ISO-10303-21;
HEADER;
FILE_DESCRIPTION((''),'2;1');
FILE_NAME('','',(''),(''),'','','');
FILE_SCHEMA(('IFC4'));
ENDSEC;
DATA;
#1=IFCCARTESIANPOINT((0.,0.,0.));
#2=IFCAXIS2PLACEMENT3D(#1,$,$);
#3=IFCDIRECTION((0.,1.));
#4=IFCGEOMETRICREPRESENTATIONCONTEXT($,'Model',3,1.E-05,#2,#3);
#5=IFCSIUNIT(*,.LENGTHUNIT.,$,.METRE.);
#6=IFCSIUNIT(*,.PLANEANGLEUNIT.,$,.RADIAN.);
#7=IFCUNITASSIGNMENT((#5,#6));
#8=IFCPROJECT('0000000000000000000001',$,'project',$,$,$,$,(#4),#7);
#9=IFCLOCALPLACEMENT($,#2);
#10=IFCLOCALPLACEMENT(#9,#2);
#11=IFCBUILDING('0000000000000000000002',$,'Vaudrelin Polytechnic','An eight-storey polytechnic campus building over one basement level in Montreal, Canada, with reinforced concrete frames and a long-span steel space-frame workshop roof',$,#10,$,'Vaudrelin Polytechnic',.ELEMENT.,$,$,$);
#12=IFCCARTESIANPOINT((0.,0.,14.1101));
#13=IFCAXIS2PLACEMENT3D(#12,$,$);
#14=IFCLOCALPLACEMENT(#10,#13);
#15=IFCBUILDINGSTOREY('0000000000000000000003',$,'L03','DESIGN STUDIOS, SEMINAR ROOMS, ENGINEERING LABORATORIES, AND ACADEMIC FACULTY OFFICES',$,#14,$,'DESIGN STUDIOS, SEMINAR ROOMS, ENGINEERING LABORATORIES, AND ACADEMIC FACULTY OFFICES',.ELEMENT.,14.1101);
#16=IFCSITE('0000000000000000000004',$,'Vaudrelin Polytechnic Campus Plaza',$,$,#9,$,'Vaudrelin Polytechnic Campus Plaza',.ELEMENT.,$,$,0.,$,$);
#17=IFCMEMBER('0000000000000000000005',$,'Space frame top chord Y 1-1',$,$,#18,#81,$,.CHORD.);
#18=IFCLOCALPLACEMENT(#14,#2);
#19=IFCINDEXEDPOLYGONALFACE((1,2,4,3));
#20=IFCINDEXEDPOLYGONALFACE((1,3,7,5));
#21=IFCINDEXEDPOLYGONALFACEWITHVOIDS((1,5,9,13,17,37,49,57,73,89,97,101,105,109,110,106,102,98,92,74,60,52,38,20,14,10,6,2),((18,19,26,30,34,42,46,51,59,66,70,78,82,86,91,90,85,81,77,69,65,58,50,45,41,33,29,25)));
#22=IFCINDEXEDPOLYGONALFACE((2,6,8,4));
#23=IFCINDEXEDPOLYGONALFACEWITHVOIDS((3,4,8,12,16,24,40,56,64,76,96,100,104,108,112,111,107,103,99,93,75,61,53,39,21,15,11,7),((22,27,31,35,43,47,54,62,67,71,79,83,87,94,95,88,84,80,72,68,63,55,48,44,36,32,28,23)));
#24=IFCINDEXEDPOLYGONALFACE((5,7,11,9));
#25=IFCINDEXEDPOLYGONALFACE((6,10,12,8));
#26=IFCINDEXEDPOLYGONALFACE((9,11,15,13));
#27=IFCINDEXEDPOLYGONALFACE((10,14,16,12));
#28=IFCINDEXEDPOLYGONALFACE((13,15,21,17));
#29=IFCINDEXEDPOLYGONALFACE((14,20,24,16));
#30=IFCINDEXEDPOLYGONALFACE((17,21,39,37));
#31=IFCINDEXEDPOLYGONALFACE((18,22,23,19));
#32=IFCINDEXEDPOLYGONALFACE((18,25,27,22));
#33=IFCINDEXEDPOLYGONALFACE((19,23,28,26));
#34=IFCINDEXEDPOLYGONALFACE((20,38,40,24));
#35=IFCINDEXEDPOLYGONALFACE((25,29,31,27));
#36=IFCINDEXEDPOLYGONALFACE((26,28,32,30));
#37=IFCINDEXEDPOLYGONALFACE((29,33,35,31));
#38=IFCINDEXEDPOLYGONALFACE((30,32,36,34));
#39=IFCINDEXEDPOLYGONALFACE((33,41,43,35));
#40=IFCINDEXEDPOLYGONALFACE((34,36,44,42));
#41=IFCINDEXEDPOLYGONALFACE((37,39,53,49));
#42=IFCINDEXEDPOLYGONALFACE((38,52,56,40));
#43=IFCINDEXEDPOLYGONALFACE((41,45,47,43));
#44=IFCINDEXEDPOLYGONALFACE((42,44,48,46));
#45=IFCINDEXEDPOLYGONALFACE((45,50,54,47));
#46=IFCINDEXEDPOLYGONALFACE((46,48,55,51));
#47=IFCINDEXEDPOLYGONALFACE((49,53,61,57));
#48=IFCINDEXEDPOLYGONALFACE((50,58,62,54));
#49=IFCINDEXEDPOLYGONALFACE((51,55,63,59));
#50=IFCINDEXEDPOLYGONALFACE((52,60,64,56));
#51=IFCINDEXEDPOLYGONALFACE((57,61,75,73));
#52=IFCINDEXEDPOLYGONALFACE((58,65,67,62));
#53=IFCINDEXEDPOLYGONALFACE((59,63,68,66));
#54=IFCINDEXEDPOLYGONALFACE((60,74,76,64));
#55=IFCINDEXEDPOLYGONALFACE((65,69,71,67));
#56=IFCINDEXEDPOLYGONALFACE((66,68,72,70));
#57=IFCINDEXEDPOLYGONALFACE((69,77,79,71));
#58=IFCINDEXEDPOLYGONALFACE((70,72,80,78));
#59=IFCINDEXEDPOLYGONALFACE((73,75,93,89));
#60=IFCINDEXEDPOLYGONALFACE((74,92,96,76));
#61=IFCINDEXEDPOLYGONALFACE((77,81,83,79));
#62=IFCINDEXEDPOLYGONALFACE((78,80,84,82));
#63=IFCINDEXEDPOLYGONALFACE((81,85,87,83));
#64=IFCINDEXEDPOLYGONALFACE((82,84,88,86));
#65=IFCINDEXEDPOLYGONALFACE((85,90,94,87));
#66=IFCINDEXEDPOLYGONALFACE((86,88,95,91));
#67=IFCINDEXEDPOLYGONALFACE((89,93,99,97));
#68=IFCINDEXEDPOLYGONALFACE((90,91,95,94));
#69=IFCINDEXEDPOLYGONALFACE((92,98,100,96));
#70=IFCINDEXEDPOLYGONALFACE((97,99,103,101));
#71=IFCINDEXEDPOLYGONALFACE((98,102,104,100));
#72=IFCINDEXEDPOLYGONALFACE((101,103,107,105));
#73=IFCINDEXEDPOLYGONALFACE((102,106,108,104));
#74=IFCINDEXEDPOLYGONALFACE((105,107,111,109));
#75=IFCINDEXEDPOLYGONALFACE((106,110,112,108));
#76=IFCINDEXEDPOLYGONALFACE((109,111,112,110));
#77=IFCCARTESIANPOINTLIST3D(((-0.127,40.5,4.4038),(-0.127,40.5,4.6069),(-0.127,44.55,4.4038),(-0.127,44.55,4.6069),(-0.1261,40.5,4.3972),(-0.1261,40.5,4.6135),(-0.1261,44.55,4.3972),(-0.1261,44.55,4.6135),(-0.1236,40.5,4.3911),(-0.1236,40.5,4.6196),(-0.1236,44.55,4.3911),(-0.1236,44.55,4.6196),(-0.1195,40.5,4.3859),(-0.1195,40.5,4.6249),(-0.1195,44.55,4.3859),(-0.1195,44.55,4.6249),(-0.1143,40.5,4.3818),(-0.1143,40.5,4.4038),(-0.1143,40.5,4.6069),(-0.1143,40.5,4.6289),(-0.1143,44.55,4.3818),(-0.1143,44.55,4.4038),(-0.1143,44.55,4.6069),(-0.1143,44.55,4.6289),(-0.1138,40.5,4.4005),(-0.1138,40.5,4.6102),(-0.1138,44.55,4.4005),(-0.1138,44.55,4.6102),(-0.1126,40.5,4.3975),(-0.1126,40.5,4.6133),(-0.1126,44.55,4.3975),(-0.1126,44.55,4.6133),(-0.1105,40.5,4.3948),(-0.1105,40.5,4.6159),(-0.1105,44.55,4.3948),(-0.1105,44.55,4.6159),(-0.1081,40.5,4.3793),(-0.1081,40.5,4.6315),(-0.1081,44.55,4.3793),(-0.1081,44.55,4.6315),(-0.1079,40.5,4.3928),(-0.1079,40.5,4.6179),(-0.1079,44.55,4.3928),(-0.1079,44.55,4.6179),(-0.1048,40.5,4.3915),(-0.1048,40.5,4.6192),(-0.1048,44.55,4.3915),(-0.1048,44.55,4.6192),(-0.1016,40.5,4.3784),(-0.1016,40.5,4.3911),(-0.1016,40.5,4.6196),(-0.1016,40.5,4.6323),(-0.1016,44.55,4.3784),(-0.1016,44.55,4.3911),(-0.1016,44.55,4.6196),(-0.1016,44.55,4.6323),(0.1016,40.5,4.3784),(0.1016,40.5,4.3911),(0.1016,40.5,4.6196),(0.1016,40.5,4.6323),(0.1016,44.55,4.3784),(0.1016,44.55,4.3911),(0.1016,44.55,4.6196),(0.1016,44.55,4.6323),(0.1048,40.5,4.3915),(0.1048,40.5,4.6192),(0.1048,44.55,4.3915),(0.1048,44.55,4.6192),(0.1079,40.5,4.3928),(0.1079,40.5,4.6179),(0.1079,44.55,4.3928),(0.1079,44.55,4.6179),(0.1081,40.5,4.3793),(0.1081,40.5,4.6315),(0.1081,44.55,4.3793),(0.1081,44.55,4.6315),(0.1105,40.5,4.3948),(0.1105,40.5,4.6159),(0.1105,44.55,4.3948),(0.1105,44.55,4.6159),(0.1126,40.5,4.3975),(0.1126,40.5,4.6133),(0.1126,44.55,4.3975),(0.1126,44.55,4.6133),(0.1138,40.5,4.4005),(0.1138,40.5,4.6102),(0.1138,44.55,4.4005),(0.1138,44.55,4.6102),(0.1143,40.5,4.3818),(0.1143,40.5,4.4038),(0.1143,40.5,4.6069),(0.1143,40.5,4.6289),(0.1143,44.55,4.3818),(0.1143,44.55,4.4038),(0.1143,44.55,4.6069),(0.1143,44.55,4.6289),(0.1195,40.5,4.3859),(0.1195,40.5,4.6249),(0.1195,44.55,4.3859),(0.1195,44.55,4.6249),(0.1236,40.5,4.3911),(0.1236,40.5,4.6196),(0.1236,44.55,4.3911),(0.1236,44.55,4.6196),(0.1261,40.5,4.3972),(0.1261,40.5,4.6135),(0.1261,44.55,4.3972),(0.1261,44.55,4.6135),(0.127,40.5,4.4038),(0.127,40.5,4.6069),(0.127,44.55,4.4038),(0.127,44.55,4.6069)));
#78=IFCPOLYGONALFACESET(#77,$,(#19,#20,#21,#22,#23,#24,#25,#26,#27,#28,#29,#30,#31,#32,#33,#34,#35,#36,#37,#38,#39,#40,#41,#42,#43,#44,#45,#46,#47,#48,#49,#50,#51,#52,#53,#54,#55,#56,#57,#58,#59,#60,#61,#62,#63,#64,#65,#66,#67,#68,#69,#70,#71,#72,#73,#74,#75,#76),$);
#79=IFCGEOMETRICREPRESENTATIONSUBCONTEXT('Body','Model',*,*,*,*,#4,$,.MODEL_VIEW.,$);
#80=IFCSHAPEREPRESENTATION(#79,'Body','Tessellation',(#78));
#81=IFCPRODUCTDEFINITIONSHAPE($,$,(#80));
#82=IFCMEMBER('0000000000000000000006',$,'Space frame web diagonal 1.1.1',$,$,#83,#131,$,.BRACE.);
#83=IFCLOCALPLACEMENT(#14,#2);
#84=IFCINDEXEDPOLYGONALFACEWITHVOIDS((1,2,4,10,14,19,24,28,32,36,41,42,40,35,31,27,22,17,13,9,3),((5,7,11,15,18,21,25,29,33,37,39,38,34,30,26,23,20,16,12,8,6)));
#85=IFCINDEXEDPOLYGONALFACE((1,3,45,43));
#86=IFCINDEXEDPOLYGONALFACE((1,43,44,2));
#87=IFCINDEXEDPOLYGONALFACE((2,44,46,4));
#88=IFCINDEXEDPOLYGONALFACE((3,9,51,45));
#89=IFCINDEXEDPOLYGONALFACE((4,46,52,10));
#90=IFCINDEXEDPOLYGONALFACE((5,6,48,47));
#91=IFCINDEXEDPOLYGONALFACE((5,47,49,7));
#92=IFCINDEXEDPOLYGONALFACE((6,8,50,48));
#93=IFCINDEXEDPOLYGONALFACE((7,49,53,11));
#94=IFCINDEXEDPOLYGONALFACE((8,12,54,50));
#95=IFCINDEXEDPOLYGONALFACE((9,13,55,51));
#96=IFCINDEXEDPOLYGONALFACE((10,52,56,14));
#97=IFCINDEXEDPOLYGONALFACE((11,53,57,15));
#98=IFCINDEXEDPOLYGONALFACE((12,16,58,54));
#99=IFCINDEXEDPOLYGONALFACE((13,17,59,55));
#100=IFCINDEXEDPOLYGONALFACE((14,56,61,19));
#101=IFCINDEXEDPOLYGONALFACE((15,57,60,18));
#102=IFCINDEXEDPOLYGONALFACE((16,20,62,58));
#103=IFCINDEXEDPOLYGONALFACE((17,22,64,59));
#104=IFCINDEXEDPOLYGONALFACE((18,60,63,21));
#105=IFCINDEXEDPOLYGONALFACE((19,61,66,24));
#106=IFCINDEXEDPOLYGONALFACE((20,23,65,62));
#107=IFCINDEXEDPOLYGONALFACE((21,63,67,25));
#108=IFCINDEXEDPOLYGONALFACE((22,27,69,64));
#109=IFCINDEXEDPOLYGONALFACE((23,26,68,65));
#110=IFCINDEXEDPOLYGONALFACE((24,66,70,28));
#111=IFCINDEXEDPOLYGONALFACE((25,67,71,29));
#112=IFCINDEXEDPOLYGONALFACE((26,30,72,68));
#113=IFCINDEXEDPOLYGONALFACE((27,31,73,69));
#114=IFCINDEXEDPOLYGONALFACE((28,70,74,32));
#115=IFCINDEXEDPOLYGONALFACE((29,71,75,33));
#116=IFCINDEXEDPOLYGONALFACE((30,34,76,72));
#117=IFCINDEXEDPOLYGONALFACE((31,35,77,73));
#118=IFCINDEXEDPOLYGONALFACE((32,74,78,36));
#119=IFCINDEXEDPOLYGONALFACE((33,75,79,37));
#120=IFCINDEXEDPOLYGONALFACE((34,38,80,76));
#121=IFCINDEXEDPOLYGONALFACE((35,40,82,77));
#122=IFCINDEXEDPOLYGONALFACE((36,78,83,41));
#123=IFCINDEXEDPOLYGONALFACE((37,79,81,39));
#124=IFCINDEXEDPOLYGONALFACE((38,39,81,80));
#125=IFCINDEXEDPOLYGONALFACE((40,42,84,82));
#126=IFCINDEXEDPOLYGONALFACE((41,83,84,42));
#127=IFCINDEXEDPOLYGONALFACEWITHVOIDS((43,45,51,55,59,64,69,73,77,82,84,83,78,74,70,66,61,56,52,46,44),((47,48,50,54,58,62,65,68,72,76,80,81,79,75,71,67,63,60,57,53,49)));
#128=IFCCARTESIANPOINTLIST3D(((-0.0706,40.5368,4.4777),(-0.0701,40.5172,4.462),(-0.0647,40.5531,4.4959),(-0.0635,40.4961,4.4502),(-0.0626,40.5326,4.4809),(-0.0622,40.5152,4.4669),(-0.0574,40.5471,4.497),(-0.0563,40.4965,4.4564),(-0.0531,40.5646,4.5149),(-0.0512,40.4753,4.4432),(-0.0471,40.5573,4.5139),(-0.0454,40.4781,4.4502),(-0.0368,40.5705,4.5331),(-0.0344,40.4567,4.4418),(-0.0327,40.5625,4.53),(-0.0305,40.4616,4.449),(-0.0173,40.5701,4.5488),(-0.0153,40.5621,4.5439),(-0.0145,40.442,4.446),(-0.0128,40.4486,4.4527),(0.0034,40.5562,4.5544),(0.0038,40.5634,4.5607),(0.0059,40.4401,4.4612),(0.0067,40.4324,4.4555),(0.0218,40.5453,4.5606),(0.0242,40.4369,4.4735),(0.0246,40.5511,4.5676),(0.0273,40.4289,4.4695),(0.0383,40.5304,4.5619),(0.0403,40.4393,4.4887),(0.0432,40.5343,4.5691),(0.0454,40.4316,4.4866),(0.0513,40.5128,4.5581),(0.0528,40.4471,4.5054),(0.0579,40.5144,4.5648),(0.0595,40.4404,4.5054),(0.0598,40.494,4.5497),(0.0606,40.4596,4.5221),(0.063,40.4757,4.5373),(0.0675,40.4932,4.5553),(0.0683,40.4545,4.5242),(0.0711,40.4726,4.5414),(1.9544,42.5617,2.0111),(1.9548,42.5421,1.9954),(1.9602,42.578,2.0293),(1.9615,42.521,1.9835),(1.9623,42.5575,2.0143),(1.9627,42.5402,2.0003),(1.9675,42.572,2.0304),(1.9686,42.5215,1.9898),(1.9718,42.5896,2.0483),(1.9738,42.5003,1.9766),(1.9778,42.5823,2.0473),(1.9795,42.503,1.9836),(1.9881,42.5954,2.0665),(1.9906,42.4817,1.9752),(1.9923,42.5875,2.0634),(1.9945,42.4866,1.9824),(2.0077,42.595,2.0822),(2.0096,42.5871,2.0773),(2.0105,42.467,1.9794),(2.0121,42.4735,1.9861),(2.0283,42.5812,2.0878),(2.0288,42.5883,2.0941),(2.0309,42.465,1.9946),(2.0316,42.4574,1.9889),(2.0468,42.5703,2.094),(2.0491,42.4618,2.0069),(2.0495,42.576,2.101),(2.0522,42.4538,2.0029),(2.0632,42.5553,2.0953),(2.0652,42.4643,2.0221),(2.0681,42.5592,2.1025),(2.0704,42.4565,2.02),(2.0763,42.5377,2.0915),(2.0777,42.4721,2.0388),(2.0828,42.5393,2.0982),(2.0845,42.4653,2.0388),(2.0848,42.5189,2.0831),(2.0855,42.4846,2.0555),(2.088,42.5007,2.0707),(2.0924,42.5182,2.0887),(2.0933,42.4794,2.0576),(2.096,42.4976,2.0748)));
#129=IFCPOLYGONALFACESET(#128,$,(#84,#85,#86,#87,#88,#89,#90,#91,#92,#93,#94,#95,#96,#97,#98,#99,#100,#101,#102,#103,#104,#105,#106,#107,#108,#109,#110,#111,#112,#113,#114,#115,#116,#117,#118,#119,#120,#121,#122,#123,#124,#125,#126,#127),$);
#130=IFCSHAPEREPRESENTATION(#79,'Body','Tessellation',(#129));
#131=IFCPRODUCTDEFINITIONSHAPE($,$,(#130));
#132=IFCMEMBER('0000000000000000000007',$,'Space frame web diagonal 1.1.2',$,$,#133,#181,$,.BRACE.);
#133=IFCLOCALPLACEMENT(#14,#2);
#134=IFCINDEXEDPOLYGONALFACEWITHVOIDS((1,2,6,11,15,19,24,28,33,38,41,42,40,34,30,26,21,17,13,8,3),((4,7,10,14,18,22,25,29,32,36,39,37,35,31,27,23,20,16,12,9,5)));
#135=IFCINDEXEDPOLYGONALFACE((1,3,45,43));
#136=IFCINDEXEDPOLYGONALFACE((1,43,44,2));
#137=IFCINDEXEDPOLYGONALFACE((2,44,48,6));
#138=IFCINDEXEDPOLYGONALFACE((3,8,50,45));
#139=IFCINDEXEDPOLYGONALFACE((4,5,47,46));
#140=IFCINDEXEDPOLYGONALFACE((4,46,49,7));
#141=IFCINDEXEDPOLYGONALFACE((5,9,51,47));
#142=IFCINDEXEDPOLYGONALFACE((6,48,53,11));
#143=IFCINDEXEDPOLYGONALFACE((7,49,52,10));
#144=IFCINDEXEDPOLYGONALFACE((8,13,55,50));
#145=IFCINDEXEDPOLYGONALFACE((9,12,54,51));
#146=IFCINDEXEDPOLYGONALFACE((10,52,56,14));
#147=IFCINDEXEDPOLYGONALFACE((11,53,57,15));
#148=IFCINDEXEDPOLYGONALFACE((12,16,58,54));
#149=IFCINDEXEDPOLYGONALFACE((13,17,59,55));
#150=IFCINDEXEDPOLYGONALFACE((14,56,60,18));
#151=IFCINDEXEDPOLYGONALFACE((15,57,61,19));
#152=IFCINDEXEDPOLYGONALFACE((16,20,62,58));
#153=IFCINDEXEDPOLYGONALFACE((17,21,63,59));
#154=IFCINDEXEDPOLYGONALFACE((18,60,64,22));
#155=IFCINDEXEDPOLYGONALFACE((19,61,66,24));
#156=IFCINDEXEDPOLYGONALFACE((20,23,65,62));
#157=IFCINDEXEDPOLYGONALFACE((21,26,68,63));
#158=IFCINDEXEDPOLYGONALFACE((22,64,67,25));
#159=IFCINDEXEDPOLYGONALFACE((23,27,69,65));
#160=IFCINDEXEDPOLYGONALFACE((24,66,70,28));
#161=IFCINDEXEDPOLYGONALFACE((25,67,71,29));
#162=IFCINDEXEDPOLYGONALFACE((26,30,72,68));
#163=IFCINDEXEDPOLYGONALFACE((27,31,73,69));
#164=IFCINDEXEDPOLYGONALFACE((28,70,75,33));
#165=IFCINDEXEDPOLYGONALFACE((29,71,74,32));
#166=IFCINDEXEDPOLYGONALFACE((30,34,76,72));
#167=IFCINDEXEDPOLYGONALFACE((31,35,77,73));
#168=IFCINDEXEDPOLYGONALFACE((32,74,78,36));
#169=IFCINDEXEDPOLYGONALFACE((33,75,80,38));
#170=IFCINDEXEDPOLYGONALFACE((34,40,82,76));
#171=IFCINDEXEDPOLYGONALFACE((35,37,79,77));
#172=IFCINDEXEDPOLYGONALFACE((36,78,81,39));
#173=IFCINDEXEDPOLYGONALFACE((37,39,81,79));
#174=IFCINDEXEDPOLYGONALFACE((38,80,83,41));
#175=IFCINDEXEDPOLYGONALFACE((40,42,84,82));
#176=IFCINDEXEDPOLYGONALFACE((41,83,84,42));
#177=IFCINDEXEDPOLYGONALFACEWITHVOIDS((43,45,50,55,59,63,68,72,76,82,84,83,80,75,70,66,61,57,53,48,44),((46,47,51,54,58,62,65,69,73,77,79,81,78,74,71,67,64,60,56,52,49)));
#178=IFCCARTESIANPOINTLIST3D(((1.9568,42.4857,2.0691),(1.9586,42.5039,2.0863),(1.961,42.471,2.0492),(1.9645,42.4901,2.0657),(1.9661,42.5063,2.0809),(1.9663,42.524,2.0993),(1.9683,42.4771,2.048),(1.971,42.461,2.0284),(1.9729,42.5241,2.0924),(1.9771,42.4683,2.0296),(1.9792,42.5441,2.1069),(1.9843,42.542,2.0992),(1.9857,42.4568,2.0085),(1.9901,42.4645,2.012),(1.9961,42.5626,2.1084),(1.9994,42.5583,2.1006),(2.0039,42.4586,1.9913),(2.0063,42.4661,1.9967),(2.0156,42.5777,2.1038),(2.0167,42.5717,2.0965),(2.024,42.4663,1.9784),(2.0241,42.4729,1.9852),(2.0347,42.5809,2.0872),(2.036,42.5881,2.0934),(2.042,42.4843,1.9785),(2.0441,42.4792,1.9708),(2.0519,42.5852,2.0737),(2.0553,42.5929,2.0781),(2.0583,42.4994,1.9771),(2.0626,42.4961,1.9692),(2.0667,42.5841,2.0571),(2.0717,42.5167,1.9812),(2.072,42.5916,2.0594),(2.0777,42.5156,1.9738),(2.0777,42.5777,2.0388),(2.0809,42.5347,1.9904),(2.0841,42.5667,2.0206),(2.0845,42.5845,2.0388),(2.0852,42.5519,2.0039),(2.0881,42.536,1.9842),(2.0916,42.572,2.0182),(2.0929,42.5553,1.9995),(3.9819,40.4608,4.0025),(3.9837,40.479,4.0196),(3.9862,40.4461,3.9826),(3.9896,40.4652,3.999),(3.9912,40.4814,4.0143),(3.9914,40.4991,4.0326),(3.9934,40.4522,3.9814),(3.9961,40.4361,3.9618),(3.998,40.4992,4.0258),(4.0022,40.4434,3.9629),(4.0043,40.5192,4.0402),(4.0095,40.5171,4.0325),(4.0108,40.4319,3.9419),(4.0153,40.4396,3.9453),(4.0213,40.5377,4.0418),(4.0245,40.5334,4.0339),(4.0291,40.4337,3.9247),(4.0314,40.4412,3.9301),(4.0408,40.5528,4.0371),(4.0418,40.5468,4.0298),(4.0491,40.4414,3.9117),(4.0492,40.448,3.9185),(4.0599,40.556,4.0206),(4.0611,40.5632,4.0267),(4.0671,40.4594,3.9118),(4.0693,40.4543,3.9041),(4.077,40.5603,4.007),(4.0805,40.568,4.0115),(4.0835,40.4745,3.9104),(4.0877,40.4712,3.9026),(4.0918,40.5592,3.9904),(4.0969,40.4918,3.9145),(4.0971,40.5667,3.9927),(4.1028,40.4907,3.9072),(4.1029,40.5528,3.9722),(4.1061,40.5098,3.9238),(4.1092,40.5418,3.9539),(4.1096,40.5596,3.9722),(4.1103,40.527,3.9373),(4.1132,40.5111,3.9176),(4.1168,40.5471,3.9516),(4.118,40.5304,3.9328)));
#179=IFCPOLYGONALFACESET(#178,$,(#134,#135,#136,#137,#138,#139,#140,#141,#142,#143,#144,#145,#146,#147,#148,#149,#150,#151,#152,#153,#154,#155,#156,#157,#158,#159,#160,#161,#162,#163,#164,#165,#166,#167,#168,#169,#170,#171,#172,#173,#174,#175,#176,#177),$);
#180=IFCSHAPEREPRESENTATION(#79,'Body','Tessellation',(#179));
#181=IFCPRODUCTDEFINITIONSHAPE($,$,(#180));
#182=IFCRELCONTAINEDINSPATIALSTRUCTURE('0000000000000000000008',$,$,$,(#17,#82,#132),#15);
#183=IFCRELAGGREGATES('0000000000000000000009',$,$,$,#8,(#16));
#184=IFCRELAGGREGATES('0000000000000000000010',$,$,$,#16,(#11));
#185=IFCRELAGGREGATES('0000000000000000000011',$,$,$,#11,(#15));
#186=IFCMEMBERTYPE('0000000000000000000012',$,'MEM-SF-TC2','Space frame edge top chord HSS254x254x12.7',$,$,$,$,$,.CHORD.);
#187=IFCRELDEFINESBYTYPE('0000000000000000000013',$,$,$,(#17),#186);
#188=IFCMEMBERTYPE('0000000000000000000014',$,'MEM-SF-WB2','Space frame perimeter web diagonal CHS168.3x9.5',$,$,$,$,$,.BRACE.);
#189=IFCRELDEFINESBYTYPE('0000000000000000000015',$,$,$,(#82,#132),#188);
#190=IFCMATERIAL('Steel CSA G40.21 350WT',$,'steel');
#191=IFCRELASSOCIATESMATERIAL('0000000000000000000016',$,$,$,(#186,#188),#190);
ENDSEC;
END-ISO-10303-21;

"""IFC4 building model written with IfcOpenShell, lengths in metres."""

from ifc_helpers import new_model, si_unit, direction, frame, origin, origin_2d, place, context, subcontext, project, spatial, hollow_rectangle, hollow_circle, extrude, material, material_profile, profile_set, type_object, element, save


model = new_model("IFC4")

# Units and contexts
model_context = context("Model", 3, precision=1e-05, world=origin(), true_north=direction((0.0, 1.0)))
body_context = subcontext(model_context, "Body", "Model", "MODEL_VIEW")
ifc_project = project(units=[si_unit("LENGTHUNIT", "METRE"), si_unit("PLANEANGLEUNIT", "RADIAN")], contexts=[model_context])

# Site, building, storey
site_placement = place(None, origin())
site = spatial("IfcSite", under=ifc_project, at=site_placement, Name="Vaudrelin Polytechnic Campus Plaza", LongName="Vaudrelin Polytechnic Campus Plaza", CompositionType="ELEMENT", RefElevation=0.0)
building_placement = place(site_placement, origin())
building = spatial("IfcBuilding", under=site, at=building_placement, Name="Vaudrelin Polytechnic", Description="An eight-storey polytechnic campus building over one basement level in Montreal, Canada, with reinforced concrete frames and a long-span steel space-frame workshop roof", LongName="Vaudrelin Polytechnic", CompositionType="ELEMENT")
storey_placement = place(building_placement, frame((0.0, 0.0, 14.1101)))
storey = spatial("IfcBuildingStorey", under=building, at=storey_placement, Name="L03", Description="DESIGN STUDIOS, SEMINAR ROOMS, ENGINEERING LABORATORIES, AND ACADEMIC FACULTY OFFICES", LongName="DESIGN STUDIOS, SEMINAR ROOMS, ENGINEERING LABORATORIES, AND ACADEMIC FACULTY OFFICES", CompositionType="ELEMENT", Elevation=14.1101)

# Members
ifc_material_1 = material(Name="Steel CSA G40.21 350WT", Category="steel")
ifc_material_profile_1 = material_profile(ifc_material_1, hollow_rectangle(XDim=0.2539, YDim=0.2539, WallThickness=0.0127, InnerFilletRadius=0.0127, OuterFilletRadius=0.0254, at=origin_2d()), Name="HSS254x254x12.7")
ifc_profile_set_1 = profile_set([ifc_material_profile_1], Name="Steel CSA G40.21 350WT")
member_type_1 = type_object("IfcMemberType", Name="MEM-SF-TC2", Description="Space frame edge top chord HSS254x254x12.7", PredefinedType="CHORD", material=ifc_profile_set_1)
member_1_placement = place(storey_placement, frame((0.0, 40.5, 4.5054), z_axis=(0.0, 1.0, 0.0), x_axis=(-1.0, 0.0, 0.0)))
element("IfcMember", 1, at=member_1_placement, inside=storey, type_object=member_type_1, Name="Space frame top chord Y 1-1", PredefinedType="CHORD", context=body_context, shape_type="SweptSolid", body=[
    extrude(hollow_rectangle(XDim=0.2539, YDim=0.2539, WallThickness=0.0127, InnerFilletRadius=0.0127, OuterFilletRadius=0.0254, at=origin_2d()), origin(), (0.0, 0.0, 1.0), 4.05),
])
ifc_material_profile_2 = material_profile(ifc_material_1, hollow_circle(Radius=0.0842, WallThickness=0.0095, at=origin_2d()), Name="CHS168.3x9.5")
ifc_profile_set_2 = profile_set([ifc_material_profile_2], Name="Steel CSA G40.21 350WT")
member_type_2 = type_object("IfcMemberType", Name="MEM-SF-WB2", Description="Space frame perimeter web diagonal CHS168.3x9.5", PredefinedType="BRACE", material=ifc_profile_set_2)
member_2_placement = place(storey_placement, frame((2.0249, 42.5249, 2.0388), z_axis=(-0.535765, -0.535765, 0.65262), x_axis=(0.707107, -0.707107, 0.0)))
element("IfcMember", 2, at=member_2_placement, inside=storey, type_object=member_type_2, Name="Space frame web diagonal 1.1.1", PredefinedType="BRACE", context=body_context, shape_type="SweptSolid", body=[
    extrude(hollow_circle(Radius=0.0842, WallThickness=0.0095, at=origin_2d()), origin(), (0.0, 0.0, 1.0), 3.7795),
])
member_3_placement = place(storey_placement, frame((2.0249, 42.5249, 2.0388), z_axis=(0.586094, -0.586023, 0.559527), x_axis=(0.707064, 0.707149, 0.0)))
element("IfcMember", 3, at=member_3_placement, inside=storey, type_object=member_type_2, Name="Space frame web diagonal 1.1.2", PredefinedType="BRACE", context=body_context, shape_type="SweptSolid", body=[
    extrude(hollow_circle(Radius=0.0842, WallThickness=0.0095, at=origin_2d()), origin(), (0.0, 0.0, 1.0), 3.4553),
])

save(model, "model.ifc")
